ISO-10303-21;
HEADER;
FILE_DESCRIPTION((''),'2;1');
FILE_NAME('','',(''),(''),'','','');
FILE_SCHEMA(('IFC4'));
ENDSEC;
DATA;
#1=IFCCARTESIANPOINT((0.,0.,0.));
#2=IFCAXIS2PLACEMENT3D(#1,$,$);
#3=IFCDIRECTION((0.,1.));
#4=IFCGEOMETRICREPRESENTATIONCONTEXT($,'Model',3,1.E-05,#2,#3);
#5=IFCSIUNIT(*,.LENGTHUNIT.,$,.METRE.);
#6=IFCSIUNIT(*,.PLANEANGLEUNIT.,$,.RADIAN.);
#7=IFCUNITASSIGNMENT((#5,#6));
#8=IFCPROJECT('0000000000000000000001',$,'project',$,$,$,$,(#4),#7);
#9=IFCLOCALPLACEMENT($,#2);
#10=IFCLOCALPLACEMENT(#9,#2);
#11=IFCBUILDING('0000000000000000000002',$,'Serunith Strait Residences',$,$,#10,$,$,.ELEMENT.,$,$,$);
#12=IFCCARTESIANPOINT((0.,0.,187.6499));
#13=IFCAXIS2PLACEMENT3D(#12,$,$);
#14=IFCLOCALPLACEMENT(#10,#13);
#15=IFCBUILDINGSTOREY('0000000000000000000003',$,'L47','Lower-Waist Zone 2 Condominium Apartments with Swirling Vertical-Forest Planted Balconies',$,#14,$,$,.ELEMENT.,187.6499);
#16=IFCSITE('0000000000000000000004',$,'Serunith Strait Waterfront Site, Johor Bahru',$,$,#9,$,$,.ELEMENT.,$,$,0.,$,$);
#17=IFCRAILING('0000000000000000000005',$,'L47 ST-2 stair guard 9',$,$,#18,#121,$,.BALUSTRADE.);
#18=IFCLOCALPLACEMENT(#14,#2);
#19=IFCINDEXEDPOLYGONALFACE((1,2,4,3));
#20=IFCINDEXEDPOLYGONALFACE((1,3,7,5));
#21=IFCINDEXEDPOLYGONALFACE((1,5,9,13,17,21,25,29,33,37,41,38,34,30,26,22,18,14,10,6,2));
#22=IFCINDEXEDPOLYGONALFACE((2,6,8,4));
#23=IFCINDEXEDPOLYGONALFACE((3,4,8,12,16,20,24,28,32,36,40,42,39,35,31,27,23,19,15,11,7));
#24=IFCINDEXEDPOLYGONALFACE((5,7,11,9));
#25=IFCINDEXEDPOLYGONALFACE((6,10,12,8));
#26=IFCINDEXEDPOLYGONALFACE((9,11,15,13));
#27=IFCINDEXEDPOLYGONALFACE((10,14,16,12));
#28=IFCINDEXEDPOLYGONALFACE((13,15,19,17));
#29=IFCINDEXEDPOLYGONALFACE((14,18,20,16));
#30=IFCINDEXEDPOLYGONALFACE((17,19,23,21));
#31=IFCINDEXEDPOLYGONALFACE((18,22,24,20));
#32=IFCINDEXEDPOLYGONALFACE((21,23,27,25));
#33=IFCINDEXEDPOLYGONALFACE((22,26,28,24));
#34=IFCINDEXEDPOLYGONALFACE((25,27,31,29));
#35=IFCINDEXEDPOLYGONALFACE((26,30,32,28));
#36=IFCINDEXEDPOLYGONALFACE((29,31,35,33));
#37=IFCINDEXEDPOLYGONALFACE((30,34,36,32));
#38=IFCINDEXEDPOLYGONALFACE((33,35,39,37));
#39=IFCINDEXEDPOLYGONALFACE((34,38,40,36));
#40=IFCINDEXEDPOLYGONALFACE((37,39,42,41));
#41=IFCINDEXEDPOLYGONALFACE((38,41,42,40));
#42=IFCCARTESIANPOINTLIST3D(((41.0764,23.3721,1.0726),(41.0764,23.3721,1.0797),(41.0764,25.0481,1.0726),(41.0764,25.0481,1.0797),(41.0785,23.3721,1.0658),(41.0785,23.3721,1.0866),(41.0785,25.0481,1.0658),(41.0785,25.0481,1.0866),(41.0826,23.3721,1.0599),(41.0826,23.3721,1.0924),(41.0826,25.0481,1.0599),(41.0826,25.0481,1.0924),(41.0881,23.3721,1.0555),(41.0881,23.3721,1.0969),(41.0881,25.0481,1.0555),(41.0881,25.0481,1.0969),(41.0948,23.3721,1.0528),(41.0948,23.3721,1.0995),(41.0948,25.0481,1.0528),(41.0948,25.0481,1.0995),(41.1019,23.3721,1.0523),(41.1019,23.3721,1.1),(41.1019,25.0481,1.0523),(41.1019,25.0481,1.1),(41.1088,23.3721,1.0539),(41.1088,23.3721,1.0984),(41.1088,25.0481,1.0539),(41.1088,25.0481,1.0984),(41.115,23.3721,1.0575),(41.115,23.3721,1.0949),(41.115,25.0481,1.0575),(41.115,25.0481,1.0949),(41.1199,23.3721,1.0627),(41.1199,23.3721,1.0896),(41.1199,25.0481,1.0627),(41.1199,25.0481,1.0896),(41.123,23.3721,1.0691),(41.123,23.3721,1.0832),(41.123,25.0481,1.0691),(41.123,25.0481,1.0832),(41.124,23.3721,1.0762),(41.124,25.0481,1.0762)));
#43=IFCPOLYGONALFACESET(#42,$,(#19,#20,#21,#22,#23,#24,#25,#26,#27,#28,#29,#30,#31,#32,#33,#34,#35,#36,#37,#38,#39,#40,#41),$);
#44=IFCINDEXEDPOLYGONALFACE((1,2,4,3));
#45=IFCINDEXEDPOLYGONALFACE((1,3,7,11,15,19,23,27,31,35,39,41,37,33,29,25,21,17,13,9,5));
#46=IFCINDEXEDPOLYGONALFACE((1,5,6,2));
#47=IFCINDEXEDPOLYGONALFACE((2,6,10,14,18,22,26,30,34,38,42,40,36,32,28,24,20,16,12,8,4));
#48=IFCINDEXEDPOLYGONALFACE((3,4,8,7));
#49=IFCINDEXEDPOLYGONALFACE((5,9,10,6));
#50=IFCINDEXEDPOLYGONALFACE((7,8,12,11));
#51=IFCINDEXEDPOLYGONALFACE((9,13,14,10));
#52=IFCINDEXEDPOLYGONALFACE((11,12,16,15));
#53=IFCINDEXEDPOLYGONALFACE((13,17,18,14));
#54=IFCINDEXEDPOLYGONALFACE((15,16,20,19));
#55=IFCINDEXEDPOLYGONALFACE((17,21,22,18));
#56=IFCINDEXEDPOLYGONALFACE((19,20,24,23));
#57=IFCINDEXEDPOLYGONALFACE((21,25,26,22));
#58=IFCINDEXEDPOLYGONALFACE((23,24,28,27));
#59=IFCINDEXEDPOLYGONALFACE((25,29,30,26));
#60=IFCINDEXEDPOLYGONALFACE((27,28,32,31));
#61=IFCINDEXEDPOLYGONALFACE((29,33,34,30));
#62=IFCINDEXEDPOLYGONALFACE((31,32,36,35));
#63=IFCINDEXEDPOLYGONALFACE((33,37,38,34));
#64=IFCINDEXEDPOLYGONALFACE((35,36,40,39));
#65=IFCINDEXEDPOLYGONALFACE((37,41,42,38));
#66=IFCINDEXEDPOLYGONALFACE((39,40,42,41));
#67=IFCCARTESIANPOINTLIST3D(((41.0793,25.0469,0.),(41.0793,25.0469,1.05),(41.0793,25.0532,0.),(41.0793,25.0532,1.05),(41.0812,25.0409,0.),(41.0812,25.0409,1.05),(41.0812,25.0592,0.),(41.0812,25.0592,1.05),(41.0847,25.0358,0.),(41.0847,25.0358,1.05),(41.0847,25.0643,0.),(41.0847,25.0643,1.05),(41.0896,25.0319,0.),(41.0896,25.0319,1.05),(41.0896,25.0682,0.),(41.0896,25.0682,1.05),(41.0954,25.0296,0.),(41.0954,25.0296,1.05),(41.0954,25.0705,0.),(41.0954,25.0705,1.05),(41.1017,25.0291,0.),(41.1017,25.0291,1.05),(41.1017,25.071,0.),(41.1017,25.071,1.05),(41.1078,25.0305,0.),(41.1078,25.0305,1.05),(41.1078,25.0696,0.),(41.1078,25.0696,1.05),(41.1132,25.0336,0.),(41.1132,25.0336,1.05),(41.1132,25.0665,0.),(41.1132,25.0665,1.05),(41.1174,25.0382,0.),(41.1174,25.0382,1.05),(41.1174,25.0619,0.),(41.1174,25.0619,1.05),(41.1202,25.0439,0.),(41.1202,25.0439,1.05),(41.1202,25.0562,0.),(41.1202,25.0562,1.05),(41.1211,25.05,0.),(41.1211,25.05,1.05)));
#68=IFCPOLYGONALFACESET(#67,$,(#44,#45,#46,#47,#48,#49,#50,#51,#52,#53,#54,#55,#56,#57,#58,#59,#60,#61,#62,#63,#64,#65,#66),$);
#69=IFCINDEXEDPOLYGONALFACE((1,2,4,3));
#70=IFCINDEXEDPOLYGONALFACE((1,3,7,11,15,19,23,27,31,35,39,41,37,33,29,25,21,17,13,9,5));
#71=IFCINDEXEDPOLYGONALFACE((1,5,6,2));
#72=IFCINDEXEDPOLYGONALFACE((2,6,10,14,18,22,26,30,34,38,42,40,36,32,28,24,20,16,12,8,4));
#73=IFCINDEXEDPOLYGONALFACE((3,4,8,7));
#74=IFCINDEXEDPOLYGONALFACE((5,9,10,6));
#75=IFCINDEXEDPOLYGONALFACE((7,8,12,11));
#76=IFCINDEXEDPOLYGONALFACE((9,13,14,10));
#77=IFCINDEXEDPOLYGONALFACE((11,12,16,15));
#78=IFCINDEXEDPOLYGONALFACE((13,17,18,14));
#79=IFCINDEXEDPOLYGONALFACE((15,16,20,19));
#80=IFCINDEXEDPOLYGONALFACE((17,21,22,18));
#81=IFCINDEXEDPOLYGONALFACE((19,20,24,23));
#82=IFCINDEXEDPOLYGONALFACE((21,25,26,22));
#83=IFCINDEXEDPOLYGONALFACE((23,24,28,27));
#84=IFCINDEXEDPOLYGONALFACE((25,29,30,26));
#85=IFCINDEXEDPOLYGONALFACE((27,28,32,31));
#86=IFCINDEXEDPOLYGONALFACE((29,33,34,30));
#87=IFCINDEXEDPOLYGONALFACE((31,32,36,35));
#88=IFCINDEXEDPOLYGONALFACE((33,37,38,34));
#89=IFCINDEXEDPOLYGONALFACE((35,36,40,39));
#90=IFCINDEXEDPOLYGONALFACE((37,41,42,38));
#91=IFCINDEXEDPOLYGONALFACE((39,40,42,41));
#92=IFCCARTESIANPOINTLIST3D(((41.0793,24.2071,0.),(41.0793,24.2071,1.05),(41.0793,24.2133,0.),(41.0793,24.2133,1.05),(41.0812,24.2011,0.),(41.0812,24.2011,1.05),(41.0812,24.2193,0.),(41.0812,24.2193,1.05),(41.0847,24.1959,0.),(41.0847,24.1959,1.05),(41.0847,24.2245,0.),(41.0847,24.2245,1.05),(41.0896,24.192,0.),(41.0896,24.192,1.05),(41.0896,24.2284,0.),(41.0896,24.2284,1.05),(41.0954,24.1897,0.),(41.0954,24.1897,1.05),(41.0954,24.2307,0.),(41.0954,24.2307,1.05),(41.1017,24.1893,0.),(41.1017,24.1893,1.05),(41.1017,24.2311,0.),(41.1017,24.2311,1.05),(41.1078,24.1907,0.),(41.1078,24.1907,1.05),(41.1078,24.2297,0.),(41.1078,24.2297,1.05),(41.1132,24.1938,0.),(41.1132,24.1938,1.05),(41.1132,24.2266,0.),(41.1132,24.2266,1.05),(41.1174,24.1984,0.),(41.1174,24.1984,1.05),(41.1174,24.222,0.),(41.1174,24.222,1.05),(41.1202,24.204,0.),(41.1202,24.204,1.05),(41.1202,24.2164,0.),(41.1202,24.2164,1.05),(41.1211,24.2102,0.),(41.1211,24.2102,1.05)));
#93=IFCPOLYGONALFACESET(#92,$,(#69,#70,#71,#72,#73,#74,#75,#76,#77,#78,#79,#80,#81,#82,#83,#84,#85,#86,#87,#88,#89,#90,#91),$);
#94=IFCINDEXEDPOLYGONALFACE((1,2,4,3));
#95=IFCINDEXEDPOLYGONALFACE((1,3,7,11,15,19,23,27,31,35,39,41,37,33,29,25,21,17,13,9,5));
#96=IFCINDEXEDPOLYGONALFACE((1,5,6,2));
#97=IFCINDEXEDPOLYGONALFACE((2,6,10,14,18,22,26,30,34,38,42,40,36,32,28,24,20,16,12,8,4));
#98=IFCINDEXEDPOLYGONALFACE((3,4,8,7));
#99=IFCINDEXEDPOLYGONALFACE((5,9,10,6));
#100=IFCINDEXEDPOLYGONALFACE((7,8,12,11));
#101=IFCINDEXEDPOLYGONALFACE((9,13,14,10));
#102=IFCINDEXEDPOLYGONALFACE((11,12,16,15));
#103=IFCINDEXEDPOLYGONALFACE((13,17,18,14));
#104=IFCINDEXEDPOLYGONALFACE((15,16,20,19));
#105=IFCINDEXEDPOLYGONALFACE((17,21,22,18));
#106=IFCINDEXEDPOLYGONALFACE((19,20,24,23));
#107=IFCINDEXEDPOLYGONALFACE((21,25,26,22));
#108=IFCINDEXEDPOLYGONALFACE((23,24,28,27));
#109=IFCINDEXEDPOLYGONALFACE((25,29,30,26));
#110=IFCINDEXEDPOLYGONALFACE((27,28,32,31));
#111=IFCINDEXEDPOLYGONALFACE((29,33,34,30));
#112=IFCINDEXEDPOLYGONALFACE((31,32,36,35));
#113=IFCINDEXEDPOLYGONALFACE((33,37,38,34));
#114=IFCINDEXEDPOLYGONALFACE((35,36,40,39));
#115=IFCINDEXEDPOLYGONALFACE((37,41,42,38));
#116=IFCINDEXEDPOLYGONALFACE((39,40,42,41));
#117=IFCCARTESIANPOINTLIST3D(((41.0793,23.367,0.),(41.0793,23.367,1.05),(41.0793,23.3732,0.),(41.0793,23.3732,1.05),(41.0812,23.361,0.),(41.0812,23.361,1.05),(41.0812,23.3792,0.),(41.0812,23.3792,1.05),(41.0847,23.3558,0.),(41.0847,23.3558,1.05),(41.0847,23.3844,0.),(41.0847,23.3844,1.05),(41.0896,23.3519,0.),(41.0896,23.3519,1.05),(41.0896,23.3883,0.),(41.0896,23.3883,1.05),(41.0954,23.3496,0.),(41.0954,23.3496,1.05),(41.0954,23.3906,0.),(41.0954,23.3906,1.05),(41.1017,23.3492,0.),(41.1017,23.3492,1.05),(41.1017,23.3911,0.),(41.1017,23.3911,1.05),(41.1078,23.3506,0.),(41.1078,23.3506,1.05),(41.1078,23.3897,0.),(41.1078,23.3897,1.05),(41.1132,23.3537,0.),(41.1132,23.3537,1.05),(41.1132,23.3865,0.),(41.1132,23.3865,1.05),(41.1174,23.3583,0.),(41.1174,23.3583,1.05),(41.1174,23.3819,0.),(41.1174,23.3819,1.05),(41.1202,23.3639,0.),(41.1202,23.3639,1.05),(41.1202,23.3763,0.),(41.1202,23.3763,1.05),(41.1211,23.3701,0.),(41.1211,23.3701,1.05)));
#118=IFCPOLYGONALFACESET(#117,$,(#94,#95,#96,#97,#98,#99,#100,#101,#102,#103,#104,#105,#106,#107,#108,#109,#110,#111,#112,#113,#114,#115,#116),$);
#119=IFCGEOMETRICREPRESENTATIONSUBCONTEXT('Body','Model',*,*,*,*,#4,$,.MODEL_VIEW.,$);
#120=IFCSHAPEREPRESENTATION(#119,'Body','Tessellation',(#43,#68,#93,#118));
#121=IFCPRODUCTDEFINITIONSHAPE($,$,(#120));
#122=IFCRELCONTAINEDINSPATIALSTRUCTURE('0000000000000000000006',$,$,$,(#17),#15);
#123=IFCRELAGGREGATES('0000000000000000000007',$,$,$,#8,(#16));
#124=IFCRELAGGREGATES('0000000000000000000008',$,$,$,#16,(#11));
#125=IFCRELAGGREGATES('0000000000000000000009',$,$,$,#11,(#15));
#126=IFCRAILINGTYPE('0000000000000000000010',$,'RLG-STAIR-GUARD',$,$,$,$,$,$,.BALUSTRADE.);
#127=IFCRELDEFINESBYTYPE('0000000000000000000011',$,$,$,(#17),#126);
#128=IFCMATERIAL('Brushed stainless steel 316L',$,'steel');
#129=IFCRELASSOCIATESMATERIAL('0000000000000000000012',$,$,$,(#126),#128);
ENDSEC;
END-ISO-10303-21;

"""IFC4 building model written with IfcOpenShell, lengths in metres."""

from ifc_helpers import new_model, si_unit, direction, frame, origin, origin_2d, place, context, subcontext, project, spatial, circle, extrude, material, type_object, element, save


model = new_model("IFC4")

# Units and contexts
model_context = context("Model", 3, precision=1e-05, world=origin(), true_north=direction((0.0, 1.0)))
body_context = subcontext(model_context, "Body", "Model", "MODEL_VIEW")
ifc_project = project(units=[si_unit("LENGTHUNIT", "METRE"), si_unit("PLANEANGLEUNIT", "RADIAN")], contexts=[model_context])

# Site, building, storey
site_placement = place(None, origin())
site = spatial("IfcSite", under=ifc_project, at=site_placement, Name="Serunith Strait Waterfront Site, Johor Bahru", CompositionType="ELEMENT", RefElevation=0.0)
building_placement = place(site_placement, origin())
building = spatial("IfcBuilding", under=site, at=building_placement, Name="Serunith Strait Residences", CompositionType="ELEMENT")
storey_placement = place(building_placement, frame((0.0, 0.0, 187.6499)))
storey = spatial("IfcBuildingStorey", under=building, at=storey_placement, Name="L47", Description="Lower-Waist Zone 2 Condominium Apartments with Swirling Vertical-Forest Planted Balconies", CompositionType="ELEMENT", Elevation=187.6499)

# Railing
ifc_material_1 = material(Name="Brushed stainless steel 316L", Category="steel")
railing_type_1 = type_object("IfcRailingType", Name="RLG-STAIR-GUARD", PredefinedType="BALUSTRADE", material=ifc_material_1)
for number, where, name in (
    (1, (41.1001, 25.05, 0.0), "L47 ST-2 stair guard 9"),
):
    element("IfcRailing", number, at=place(storey_placement, frame(where)), inside=storey, type_object=railing_type_1, Name=name, PredefinedType="BALUSTRADE", context=body_context, shape_type="SweptSolid", body=[
        extrude(circle(Radius=0.0239, at=origin_2d()), frame((0.0, -0.002, 1.0762), z_axis=(0.0, -1.0, 0.0), x_axis=(1.0, 0.0, 0.0)), (0.0, 0.0, 1.0), 1.676),
        extrude(circle(Radius=0.021, at=origin_2d()), origin(), (0.0, 0.0, 1.0), 1.05),
        extrude(circle(Radius=0.021, at=origin_2d()), frame((0.0, -0.8398, 0.0)), (0.0, 0.0, 1.0), 1.05),
        extrude(circle(Radius=0.021, at=origin_2d()), frame((0.0, -1.6799, 0.0)), (0.0, 0.0, 1.0), 1.05),
    ])

save(model, "model.ifc")
